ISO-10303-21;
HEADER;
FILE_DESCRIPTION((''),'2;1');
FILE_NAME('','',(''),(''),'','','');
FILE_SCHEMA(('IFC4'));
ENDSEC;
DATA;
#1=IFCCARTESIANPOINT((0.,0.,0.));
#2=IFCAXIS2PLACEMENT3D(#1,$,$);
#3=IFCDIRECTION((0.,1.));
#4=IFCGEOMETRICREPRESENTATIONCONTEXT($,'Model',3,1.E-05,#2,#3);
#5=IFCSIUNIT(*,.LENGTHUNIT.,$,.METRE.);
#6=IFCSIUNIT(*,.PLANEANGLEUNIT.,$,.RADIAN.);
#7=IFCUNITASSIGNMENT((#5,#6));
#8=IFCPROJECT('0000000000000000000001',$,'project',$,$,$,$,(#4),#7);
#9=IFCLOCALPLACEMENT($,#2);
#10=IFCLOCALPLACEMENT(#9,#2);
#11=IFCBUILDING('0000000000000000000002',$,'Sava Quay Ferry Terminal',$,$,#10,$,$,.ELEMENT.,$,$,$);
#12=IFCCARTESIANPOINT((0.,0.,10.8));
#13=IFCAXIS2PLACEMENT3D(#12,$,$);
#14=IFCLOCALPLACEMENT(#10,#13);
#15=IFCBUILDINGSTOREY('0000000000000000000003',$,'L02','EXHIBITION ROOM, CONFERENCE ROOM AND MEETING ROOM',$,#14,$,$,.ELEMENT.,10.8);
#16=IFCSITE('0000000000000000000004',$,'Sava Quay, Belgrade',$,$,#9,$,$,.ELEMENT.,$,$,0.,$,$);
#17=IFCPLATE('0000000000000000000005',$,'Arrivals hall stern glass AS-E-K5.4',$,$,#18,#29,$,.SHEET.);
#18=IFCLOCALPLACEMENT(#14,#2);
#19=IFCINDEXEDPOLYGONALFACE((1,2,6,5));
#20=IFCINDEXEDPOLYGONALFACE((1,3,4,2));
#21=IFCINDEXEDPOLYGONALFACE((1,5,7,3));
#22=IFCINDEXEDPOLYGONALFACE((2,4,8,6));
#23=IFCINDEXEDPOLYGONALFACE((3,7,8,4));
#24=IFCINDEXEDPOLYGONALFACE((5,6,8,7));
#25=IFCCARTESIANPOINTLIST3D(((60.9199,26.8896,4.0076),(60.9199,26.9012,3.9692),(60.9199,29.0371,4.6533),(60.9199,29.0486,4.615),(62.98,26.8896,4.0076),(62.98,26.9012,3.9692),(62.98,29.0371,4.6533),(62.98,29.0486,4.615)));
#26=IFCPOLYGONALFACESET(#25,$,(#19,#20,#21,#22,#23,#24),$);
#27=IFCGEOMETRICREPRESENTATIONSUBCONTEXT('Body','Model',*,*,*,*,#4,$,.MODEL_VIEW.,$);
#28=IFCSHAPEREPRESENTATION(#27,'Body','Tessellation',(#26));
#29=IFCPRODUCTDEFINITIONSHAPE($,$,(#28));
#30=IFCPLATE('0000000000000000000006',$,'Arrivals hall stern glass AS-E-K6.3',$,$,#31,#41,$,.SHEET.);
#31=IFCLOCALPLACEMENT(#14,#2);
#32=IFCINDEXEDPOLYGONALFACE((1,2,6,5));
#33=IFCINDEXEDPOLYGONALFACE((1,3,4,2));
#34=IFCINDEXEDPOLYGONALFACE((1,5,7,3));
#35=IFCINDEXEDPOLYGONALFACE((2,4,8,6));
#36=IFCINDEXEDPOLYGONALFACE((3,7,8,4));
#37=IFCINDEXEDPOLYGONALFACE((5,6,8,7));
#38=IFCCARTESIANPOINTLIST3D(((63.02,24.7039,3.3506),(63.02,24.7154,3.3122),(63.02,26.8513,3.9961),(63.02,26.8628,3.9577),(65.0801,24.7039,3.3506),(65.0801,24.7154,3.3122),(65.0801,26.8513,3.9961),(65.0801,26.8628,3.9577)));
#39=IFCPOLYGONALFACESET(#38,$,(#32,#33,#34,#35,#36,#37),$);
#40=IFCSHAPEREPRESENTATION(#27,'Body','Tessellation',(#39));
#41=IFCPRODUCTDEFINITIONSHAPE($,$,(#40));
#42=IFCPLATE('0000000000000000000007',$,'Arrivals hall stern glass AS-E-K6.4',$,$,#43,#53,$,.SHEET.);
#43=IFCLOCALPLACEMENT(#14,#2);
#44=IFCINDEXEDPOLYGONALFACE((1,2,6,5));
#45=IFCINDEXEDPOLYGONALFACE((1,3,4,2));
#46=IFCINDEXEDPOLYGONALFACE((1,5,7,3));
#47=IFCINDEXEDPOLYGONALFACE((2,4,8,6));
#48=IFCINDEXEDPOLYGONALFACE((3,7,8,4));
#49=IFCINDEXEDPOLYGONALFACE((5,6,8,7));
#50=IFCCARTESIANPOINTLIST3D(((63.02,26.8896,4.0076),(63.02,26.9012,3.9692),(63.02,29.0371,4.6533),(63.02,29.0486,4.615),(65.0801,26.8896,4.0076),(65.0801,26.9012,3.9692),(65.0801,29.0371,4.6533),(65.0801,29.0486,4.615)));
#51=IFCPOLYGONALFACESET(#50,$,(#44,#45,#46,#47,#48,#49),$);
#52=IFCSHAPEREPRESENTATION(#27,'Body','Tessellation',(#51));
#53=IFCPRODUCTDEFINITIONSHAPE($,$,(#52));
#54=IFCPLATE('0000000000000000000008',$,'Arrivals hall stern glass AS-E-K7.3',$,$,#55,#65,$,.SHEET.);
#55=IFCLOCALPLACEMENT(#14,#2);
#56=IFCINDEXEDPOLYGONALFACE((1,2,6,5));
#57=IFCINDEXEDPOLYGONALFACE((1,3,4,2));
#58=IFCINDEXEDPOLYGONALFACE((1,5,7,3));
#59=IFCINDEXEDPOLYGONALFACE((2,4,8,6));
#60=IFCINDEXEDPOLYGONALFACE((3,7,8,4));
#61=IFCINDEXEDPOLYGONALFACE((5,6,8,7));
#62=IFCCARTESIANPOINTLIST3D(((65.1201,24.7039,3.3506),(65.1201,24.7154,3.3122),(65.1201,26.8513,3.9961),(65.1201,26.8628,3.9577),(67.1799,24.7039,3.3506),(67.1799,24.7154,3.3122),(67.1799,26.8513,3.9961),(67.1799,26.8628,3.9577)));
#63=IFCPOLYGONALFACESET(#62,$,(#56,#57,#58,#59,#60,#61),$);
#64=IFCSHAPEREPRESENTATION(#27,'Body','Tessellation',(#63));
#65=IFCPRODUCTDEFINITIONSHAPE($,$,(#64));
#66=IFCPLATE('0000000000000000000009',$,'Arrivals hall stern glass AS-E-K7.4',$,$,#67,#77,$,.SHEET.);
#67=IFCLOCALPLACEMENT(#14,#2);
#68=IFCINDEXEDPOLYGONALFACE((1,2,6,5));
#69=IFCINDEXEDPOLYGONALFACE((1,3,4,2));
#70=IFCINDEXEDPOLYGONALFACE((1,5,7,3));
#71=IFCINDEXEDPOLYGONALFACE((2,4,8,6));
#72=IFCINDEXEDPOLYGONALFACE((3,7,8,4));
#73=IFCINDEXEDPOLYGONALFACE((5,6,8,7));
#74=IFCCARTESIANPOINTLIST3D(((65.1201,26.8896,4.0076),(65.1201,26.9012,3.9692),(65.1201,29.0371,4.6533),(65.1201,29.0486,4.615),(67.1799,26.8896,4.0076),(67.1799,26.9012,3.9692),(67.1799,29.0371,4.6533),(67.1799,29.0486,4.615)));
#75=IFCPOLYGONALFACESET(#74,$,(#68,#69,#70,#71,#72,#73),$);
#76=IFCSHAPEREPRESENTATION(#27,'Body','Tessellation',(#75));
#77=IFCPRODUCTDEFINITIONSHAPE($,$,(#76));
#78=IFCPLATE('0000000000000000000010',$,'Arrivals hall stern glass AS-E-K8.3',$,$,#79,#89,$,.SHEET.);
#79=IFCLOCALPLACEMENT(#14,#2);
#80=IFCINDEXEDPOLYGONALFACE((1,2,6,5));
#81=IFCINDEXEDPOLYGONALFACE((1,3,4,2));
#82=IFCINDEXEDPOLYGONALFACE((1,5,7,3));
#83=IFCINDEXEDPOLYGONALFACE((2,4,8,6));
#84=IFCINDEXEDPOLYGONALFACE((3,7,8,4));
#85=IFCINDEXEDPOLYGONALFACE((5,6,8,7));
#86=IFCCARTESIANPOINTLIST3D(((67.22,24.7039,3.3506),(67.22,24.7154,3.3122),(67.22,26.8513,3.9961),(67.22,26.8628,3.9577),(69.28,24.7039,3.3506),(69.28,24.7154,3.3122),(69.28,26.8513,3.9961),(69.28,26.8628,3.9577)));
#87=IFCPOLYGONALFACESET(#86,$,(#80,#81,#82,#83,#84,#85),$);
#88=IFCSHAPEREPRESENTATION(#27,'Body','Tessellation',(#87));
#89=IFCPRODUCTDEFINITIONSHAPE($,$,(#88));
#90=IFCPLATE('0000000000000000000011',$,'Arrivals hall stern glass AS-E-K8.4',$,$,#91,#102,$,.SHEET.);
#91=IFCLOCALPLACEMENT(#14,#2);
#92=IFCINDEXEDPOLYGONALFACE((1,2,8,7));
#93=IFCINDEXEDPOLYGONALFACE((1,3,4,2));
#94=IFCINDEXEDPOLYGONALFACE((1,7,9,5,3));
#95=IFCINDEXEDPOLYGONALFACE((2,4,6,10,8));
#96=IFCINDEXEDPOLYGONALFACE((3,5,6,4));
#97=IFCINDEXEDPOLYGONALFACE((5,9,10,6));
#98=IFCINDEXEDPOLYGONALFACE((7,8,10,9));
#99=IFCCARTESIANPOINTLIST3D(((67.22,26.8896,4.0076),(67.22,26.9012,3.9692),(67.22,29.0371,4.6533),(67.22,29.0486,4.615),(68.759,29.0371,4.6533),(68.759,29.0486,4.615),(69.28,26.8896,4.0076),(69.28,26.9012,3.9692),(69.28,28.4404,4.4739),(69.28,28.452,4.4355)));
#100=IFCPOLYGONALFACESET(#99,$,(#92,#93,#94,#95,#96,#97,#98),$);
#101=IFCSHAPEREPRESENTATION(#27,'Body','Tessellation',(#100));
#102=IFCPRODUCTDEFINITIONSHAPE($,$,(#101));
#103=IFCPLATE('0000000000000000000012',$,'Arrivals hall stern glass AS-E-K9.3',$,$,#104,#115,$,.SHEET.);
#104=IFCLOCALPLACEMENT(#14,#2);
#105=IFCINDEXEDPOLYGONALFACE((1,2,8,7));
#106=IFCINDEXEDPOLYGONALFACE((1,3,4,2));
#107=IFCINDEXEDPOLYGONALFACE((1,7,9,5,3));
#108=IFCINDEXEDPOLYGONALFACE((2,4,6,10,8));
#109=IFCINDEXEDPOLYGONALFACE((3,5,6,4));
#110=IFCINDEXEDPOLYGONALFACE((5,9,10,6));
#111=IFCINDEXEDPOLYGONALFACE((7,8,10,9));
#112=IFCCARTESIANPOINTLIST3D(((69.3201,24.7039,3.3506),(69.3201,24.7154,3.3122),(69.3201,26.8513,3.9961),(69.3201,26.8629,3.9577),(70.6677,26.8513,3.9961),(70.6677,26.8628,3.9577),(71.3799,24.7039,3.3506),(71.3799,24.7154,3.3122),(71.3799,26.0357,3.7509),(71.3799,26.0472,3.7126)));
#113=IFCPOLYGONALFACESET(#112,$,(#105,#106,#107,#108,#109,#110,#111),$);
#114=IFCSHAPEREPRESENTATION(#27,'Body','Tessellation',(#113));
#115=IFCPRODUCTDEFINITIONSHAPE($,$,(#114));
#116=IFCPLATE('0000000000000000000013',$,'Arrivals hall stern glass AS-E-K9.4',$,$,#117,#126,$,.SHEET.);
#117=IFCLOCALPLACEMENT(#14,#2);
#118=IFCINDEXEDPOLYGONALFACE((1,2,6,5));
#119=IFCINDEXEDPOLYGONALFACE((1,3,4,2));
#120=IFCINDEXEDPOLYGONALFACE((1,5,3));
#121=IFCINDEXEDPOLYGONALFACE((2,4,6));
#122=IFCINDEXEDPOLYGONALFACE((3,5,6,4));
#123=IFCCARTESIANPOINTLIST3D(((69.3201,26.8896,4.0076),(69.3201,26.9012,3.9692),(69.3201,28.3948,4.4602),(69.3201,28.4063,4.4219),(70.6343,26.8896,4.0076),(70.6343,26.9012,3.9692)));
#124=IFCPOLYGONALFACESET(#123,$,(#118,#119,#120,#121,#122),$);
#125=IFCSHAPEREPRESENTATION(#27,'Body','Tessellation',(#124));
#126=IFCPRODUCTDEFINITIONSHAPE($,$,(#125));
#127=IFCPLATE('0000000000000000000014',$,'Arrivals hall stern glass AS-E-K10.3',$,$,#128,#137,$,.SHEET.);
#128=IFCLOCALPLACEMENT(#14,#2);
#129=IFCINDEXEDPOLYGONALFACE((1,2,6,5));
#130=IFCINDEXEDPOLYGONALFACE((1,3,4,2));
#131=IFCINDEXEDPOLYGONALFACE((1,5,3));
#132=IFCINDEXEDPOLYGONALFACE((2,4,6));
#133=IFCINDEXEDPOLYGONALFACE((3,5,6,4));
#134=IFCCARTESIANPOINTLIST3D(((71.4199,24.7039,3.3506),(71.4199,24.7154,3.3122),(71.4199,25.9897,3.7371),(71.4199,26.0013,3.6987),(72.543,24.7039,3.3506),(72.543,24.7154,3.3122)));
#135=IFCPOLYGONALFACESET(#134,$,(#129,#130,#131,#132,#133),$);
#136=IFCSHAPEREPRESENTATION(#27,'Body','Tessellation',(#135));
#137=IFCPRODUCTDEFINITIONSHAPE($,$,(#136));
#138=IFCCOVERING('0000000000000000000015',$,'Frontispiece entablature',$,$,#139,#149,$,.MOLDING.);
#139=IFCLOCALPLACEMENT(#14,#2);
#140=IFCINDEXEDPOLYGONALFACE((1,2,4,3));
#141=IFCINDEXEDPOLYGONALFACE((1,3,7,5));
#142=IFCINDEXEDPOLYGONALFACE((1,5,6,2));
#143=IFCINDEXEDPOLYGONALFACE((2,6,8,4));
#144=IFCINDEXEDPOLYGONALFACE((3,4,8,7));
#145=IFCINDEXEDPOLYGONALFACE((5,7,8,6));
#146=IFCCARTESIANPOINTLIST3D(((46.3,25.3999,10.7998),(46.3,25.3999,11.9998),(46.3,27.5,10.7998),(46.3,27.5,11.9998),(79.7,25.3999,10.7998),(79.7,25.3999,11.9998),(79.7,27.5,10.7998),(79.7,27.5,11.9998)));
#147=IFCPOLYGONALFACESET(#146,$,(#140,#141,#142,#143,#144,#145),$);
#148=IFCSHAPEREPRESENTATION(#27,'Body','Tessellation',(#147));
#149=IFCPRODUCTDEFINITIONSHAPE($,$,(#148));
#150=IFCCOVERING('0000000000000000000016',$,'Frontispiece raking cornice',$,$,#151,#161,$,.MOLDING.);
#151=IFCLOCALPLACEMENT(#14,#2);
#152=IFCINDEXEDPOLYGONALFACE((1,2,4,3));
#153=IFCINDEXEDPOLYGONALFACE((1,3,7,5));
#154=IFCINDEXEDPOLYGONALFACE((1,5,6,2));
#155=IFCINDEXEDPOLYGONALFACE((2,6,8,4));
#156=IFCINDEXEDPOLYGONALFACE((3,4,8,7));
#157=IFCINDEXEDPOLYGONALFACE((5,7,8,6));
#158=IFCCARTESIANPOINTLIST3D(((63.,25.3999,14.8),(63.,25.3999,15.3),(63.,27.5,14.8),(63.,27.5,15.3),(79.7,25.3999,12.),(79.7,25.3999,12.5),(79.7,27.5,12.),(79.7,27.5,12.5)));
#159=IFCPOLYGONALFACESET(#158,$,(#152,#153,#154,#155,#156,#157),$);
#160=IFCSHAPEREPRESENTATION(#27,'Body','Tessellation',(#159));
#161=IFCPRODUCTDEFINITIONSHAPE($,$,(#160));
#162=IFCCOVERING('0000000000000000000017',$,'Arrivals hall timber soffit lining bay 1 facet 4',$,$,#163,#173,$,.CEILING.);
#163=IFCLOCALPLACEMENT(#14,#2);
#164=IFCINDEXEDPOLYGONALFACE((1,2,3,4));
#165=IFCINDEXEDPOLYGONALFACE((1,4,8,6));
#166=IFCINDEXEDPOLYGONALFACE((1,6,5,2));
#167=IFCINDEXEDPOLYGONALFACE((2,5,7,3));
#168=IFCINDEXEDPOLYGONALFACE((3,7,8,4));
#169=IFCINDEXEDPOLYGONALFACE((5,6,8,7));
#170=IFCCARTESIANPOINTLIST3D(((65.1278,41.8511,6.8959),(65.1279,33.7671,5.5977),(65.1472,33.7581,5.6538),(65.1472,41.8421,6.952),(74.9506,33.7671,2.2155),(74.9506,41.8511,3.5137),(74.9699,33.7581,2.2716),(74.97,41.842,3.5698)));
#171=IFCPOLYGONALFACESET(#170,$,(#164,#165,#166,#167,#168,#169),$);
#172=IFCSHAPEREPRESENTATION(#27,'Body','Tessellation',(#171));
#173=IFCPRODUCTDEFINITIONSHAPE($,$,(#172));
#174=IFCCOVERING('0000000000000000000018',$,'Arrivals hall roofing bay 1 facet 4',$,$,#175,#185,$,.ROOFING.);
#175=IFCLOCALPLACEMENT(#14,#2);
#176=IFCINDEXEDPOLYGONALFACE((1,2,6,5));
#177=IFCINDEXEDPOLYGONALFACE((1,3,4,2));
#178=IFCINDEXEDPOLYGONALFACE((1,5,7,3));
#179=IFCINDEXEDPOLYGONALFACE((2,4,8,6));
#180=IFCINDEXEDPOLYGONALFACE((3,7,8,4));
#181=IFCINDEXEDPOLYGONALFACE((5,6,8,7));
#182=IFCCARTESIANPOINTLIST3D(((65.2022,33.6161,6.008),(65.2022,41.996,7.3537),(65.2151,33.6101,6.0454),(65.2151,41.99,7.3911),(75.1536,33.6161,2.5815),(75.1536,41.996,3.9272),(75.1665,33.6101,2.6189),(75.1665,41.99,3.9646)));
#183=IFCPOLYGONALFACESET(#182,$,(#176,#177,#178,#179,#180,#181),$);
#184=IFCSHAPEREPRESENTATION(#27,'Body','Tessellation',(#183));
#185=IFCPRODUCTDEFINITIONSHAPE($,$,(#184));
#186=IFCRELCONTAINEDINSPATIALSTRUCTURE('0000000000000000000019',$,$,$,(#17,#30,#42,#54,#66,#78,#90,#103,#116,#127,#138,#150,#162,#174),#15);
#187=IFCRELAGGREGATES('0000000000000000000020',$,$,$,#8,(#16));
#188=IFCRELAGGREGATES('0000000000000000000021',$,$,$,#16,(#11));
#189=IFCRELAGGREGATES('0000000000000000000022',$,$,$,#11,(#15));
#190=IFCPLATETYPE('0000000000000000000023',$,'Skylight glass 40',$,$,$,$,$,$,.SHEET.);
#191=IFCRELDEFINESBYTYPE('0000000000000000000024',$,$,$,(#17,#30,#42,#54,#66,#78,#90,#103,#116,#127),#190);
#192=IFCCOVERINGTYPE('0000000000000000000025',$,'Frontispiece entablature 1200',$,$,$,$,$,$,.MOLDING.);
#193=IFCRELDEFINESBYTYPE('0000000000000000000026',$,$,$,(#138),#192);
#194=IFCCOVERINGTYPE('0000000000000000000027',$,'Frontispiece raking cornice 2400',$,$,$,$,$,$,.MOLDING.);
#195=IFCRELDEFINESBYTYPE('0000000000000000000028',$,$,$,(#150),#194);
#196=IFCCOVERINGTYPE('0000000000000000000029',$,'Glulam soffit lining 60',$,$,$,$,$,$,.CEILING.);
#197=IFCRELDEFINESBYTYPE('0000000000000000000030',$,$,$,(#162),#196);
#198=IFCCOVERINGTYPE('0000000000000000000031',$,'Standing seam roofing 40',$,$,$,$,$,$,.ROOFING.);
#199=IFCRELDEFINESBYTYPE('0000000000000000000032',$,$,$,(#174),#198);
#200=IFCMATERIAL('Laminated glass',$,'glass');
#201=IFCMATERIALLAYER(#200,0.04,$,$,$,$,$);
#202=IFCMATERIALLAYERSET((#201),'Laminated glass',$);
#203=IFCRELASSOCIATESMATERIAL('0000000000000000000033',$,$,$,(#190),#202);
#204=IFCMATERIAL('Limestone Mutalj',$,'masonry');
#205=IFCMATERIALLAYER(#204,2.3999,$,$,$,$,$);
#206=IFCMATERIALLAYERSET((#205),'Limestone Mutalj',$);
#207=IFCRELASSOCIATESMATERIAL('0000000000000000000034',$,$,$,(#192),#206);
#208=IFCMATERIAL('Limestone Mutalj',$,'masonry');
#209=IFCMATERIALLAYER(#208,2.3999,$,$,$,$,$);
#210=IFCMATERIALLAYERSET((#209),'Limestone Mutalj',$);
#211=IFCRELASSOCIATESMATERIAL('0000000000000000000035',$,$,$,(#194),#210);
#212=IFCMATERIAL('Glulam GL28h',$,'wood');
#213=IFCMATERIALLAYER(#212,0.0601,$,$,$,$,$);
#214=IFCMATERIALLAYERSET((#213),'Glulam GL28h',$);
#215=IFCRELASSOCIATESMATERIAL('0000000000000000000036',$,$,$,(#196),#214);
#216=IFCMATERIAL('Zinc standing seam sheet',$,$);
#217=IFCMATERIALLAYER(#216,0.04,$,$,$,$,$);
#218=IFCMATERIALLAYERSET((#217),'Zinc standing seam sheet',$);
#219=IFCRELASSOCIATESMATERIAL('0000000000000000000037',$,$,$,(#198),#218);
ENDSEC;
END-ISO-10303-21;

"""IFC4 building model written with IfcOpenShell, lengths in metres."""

from ifc_helpers import new_model, si_unit, direction, frame, origin, origin_2d, place, context, subcontext, project, spatial, polyline, rectangle, outline, extrude, material, layer, layer_set, type_object, element, save


model = new_model("IFC4")

# Units and contexts
model_context = context("Model", 3, precision=1e-05, world=origin(), true_north=direction((0.0, 1.0)))
body_context = subcontext(model_context, "Body", "Model", "MODEL_VIEW")
ifc_project = project(units=[si_unit("LENGTHUNIT", "METRE"), si_unit("PLANEANGLEUNIT", "RADIAN")], contexts=[model_context])

# Site, building, storey
site_placement = place(None, origin())
site = spatial("IfcSite", under=ifc_project, at=site_placement, Name="Sava Quay, Belgrade", CompositionType="ELEMENT", RefElevation=0.0)
building_placement = place(site_placement, origin())
building = spatial("IfcBuilding", under=site, at=building_placement, Name="Sava Quay Ferry Terminal", CompositionType="ELEMENT")
storey_placement = place(building_placement, frame((0.0, 0.0, 10.8)))
storey = spatial("IfcBuildingStorey", under=building, at=storey_placement, Name="L02", Description="EXHIBITION ROOM, CONFERENCE ROOM AND MEETING ROOM", CompositionType="ELEMENT", Elevation=10.8)

# Plates
ifc_material_1 = material(Name="Laminated glass", Category="glass")
ifc_layer_1 = layer(ifc_material_1, 0.04)
ifc_layer_set_1 = layer_set([ifc_layer_1], Name="Laminated glass")
plate_type = type_object("IfcPlateType", Name="Skylight glass 40", PredefinedType="SHEET", material=ifc_layer_set_1)
plate_1_placement = place(storey_placement, frame((60.9199, 26.8896, 4.0076), z_axis=(0.0, -0.287967, 0.95764), x_axis=(0.0, 0.95764, 0.287967)))
element("IfcPlate", 1, at=plate_1_placement, inside=storey, type_object=plate_type, Name="Arrivals hall stern glass AS-E-K5.4", PredefinedType="SHEET", context=body_context, shape_type="SweptSolid", body=[
    extrude(outline(polyline([(0.0, 0.0), (2.2425, 0.0), (2.2425, -2.0601), (0.0, -2.0601), (0.0, 0.0)])), origin(), (0.0, 0.0, -1.0), 0.04),
])
plate_2_placement = place(storey_placement, frame((63.02, 24.7039, 3.3506), z_axis=(0.0, -0.287867, 0.95767), x_axis=(0.0, 0.95767, 0.287867)))
element("IfcPlate", 2, at=plate_2_placement, inside=storey, type_object=plate_type, Name="Arrivals hall stern glass AS-E-K6.3", PredefinedType="SHEET", context=body_context, shape_type="SweptSolid", body=[
    extrude(outline(polyline([(0.0, 0.0), (2.2424, 0.0), (2.2424, -2.0601), (0.0, -2.0601), (0.0, 0.0)])), origin(), (0.0, 0.0, -1.0), 0.04),
])
plate_3_placement = place(storey_placement, frame((63.02, 26.8896, 4.0076), z_axis=(0.0, -0.287967, 0.95764), x_axis=(0.0, 0.95764, 0.287967)))
element("IfcPlate", 3, at=plate_3_placement, inside=storey, type_object=plate_type, Name="Arrivals hall stern glass AS-E-K6.4", PredefinedType="SHEET", context=body_context, shape_type="SweptSolid", body=[
    extrude(outline(polyline([(0.0, 0.0), (2.2425, 0.0), (2.2425, -2.0601), (0.0, -2.0601), (0.0, 0.0)])), origin(), (0.0, 0.0, -1.0), 0.04),
])
plate_4_placement = place(storey_placement, frame((65.1201, 24.7039, 3.3506), z_axis=(0.0, -0.287867, 0.95767), x_axis=(0.0, 0.95767, 0.287867)))
element("IfcPlate", 4, at=plate_4_placement, inside=storey, type_object=plate_type, Name="Arrivals hall stern glass AS-E-K7.3", PredefinedType="SHEET", context=body_context, shape_type="SweptSolid", body=[
    extrude(outline(polyline([(0.0, 0.0), (2.2424, 0.0), (2.2424, -2.0598), (0.0, -2.0598), (0.0, 0.0)])), origin(), (0.0, 0.0, -1.0), 0.04),
])
plate_5_placement = place(storey_placement, frame((65.1201, 26.8896, 4.0076), z_axis=(0.0, -0.287967, 0.95764), x_axis=(0.0, 0.95764, 0.287967)))
element("IfcPlate", 5, at=plate_5_placement, inside=storey, type_object=plate_type, Name="Arrivals hall stern glass AS-E-K7.4", PredefinedType="SHEET", context=body_context, shape_type="SweptSolid", body=[
    extrude(outline(polyline([(0.0, 0.0), (2.2425, 0.0), (2.2425, -2.0598), (0.0, -2.0598), (0.0, 0.0)])), origin(), (0.0, 0.0, -1.0), 0.04),
])
plate_6_placement = place(storey_placement, frame((67.22, 24.7039, 3.3506), z_axis=(0.0, -0.287867, 0.95767), x_axis=(0.0, 0.95767, 0.287867)))
element("IfcPlate", 6, at=plate_6_placement, inside=storey, type_object=plate_type, Name="Arrivals hall stern glass AS-E-K8.3", PredefinedType="SHEET", context=body_context, shape_type="SweptSolid", body=[
    extrude(outline(polyline([(0.0, 0.0), (2.2424, 0.0), (2.2424, -2.0601), (0.0, -2.0601), (0.0, 0.0)])), origin(), (0.0, 0.0, -1.0), 0.04),
])
plate_7_placement = place(storey_placement, frame((69.28, 26.8896, 4.0076), z_axis=(0.000005, -0.287966, 0.957641), x_axis=(-1.0, -0.000001, 0.000004)))
element("IfcPlate", 7, at=plate_7_placement, inside=storey, type_object=plate_type, Name="Arrivals hall stern glass AS-E-K8.4", PredefinedType="SHEET", context=body_context, shape_type="SweptSolid", body=[
    extrude(outline(polyline([(0.0, 0.0), (2.0601, 0.0), (2.0601, -2.2425), (0.521, -2.2425), (0.0, -1.6194), (0.0, 0.0)])), origin(), (0.0, 0.0, -1.0), 0.04),
])
plate_8_placement = place(storey_placement, frame((71.3799, 24.7039, 3.3506), z_axis=(-0.000017, -0.287872, 0.957669), x_axis=(-1.0, 0.000005, -0.000016)))
element("IfcPlate", 8, at=plate_8_placement, inside=storey, type_object=plate_type, Name="Arrivals hall stern glass AS-E-K9.3", PredefinedType="SHEET", context=body_context, shape_type="SweptSolid", body=[
    extrude(outline(polyline([(0.0, 0.0), (2.0598, 0.0), (2.0598, -2.2424), (0.7122, -2.2424), (0.0, -1.3907), (0.0, 0.0)])), origin(), (0.0, 0.0, -1.0), 0.04),
])
plate_9_placement = place(storey_placement, frame((69.3201, 26.8896, 4.0076), z_axis=(0.0, -0.287989, 0.957634), x_axis=(0.0, 0.957634, 0.287989)))
element("IfcPlate", 9, at=plate_9_placement, inside=storey, type_object=plate_type, Name="Arrivals hall stern glass AS-E-K9.4", PredefinedType="SHEET", context=body_context, shape_type="SweptSolid", body=[
    extrude(outline(polyline([(0.0, 0.0), (1.5717, 0.0), (0.0, -1.3142), (0.0, 0.0)])), origin(), (0.0, 0.0, -1.0), 0.04),
])
plate_10_placement = place(storey_placement, frame((71.4199, 24.7039, 3.3506), z_axis=(0.0, -0.287832, 0.957681), x_axis=(0.0, 0.957681, 0.287832)))
element("IfcPlate", 10, at=plate_10_placement, inside=storey, type_object=plate_type, Name="Arrivals hall stern glass AS-E-K10.3", PredefinedType="SHEET", context=body_context, shape_type="SweptSolid", body=[
    extrude(outline(polyline([(0.0, 0.0), (1.3427, 0.0), (0.0, -1.123), (0.0, 0.0)])), origin(), (0.0, 0.0, -1.0), 0.04),
])

# Coverings
ifc_material_2 = material(Name="Limestone Mutalj", Category="masonry")
ifc_layer_2 = layer(ifc_material_2, 2.3999)
ifc_layer_set_2 = layer_set([ifc_layer_2], Name="Limestone Mutalj")
covering_type_1 = type_object("IfcCoveringType", Name="Frontispiece entablature 1200", PredefinedType="MOLDING", material=ifc_layer_set_2)
covering_1_placement = place(storey_placement, frame((63.0, 26.45, 10.7998), z_axis=(0.0, 0.0, 1.0), x_axis=(1.0, 0.0, 0.0)))
element("IfcCovering", 11, at=covering_1_placement, inside=storey, type_object=covering_type_1, Name="Frontispiece entablature", PredefinedType="MOLDING", context=body_context, shape_type="SweptSolid", body=[
    extrude(rectangle(XDim=33.3999, YDim=2.1001, at=origin_2d()), origin(), (0.0, 0.0, 1.0), 1.2),
])
ifc_material_3 = material(Name="Limestone Mutalj", Category="masonry")
ifc_layer_3 = layer(ifc_material_3, 2.3999)
ifc_layer_set_3 = layer_set([ifc_layer_3], Name="Limestone Mutalj")
covering_type_2 = type_object("IfcCoveringType", Name="Frontispiece raking cornice 2400", PredefinedType="MOLDING", material=ifc_layer_set_3)
covering_2_placement = place(storey_placement, frame((63.0, 25.3999, 14.8), z_axis=(0.0, -1.0, 0.0), x_axis=(0.986233, 0.0, -0.16536)))
element("IfcCovering", 12, at=covering_2_placement, inside=storey, type_object=covering_type_2, Name="Frontispiece raking cornice", PredefinedType="MOLDING", context=body_context, shape_type="SweptSolid", body=[
    extrude(outline(polyline([(0.0, 0.0), (16.9331, 0.0), (16.8504, 0.4931), (-0.0827, 0.4931), (0.0, 0.0)])), origin(), (0.0, 0.0, -1.0), 2.1001),
])
ifc_material_4 = material(Name="Glulam GL28h", Category="wood")
ifc_layer_4 = layer(ifc_material_4, 0.0601)
ifc_layer_set_4 = layer_set([ifc_layer_4], Name="Glulam GL28h")
covering_type_3 = type_object("IfcCoveringType", Name="Glulam soffit lining 60", PredefinedType="CEILING", material=ifc_layer_set_4)
covering_3_placement = place(storey_placement, frame((65.1472, 33.7581, 5.6538), z_axis=(0.321875, -0.150122, 0.934805), x_axis=(-0.000004, 0.987349, 0.158561)))
element("IfcCovering", 13, at=covering_3_placement, inside=storey, type_object=covering_type_3, Name="Arrivals hall timber soffit lining bay 1 facet 4", PredefinedType="CEILING", context=body_context, shape_type="SweptSolid", body=[
    extrude(outline(polyline([(0.0, 0.0), (8.1876, 0.0), (7.6512, -10.3749), (-0.5363, -10.3748), (0.0, 0.0)])), origin(), (0.0, 0.0, -1.0), 0.0601),
])
ifc_material_5 = material(Name="Zinc standing seam sheet")
ifc_layer_5 = layer(ifc_material_5, 0.04)
ifc_layer_set_5 = layer_set([ifc_layer_5], Name="Zinc standing seam sheet")
covering_type_4 = type_object("IfcCoveringType", Name="Standing seam roofing 40", PredefinedType="ROOFING", material=ifc_layer_set_5)
covering_4_placement = place(storey_placement, frame((65.2151, 33.6101, 6.0454), z_axis=(0.321876, -0.150118, 0.934805), x_axis=(0.0, 0.98735, 0.158556)))
element("IfcCovering", 14, at=covering_4_placement, inside=storey, type_object=covering_type_4, Name="Arrivals hall roofing bay 1 facet 4", PredefinedType="ROOFING", context=body_context, shape_type="SweptSolid", body=[
    extrude(outline(polyline([(0.0, 0.0), (8.4872, 0.0), (7.944, -10.5108), (-0.5433, -10.5108), (0.0, 0.0)])), origin(), (0.0, 0.0, -1.0), 0.04),
])

save(model, "model.ifc")
